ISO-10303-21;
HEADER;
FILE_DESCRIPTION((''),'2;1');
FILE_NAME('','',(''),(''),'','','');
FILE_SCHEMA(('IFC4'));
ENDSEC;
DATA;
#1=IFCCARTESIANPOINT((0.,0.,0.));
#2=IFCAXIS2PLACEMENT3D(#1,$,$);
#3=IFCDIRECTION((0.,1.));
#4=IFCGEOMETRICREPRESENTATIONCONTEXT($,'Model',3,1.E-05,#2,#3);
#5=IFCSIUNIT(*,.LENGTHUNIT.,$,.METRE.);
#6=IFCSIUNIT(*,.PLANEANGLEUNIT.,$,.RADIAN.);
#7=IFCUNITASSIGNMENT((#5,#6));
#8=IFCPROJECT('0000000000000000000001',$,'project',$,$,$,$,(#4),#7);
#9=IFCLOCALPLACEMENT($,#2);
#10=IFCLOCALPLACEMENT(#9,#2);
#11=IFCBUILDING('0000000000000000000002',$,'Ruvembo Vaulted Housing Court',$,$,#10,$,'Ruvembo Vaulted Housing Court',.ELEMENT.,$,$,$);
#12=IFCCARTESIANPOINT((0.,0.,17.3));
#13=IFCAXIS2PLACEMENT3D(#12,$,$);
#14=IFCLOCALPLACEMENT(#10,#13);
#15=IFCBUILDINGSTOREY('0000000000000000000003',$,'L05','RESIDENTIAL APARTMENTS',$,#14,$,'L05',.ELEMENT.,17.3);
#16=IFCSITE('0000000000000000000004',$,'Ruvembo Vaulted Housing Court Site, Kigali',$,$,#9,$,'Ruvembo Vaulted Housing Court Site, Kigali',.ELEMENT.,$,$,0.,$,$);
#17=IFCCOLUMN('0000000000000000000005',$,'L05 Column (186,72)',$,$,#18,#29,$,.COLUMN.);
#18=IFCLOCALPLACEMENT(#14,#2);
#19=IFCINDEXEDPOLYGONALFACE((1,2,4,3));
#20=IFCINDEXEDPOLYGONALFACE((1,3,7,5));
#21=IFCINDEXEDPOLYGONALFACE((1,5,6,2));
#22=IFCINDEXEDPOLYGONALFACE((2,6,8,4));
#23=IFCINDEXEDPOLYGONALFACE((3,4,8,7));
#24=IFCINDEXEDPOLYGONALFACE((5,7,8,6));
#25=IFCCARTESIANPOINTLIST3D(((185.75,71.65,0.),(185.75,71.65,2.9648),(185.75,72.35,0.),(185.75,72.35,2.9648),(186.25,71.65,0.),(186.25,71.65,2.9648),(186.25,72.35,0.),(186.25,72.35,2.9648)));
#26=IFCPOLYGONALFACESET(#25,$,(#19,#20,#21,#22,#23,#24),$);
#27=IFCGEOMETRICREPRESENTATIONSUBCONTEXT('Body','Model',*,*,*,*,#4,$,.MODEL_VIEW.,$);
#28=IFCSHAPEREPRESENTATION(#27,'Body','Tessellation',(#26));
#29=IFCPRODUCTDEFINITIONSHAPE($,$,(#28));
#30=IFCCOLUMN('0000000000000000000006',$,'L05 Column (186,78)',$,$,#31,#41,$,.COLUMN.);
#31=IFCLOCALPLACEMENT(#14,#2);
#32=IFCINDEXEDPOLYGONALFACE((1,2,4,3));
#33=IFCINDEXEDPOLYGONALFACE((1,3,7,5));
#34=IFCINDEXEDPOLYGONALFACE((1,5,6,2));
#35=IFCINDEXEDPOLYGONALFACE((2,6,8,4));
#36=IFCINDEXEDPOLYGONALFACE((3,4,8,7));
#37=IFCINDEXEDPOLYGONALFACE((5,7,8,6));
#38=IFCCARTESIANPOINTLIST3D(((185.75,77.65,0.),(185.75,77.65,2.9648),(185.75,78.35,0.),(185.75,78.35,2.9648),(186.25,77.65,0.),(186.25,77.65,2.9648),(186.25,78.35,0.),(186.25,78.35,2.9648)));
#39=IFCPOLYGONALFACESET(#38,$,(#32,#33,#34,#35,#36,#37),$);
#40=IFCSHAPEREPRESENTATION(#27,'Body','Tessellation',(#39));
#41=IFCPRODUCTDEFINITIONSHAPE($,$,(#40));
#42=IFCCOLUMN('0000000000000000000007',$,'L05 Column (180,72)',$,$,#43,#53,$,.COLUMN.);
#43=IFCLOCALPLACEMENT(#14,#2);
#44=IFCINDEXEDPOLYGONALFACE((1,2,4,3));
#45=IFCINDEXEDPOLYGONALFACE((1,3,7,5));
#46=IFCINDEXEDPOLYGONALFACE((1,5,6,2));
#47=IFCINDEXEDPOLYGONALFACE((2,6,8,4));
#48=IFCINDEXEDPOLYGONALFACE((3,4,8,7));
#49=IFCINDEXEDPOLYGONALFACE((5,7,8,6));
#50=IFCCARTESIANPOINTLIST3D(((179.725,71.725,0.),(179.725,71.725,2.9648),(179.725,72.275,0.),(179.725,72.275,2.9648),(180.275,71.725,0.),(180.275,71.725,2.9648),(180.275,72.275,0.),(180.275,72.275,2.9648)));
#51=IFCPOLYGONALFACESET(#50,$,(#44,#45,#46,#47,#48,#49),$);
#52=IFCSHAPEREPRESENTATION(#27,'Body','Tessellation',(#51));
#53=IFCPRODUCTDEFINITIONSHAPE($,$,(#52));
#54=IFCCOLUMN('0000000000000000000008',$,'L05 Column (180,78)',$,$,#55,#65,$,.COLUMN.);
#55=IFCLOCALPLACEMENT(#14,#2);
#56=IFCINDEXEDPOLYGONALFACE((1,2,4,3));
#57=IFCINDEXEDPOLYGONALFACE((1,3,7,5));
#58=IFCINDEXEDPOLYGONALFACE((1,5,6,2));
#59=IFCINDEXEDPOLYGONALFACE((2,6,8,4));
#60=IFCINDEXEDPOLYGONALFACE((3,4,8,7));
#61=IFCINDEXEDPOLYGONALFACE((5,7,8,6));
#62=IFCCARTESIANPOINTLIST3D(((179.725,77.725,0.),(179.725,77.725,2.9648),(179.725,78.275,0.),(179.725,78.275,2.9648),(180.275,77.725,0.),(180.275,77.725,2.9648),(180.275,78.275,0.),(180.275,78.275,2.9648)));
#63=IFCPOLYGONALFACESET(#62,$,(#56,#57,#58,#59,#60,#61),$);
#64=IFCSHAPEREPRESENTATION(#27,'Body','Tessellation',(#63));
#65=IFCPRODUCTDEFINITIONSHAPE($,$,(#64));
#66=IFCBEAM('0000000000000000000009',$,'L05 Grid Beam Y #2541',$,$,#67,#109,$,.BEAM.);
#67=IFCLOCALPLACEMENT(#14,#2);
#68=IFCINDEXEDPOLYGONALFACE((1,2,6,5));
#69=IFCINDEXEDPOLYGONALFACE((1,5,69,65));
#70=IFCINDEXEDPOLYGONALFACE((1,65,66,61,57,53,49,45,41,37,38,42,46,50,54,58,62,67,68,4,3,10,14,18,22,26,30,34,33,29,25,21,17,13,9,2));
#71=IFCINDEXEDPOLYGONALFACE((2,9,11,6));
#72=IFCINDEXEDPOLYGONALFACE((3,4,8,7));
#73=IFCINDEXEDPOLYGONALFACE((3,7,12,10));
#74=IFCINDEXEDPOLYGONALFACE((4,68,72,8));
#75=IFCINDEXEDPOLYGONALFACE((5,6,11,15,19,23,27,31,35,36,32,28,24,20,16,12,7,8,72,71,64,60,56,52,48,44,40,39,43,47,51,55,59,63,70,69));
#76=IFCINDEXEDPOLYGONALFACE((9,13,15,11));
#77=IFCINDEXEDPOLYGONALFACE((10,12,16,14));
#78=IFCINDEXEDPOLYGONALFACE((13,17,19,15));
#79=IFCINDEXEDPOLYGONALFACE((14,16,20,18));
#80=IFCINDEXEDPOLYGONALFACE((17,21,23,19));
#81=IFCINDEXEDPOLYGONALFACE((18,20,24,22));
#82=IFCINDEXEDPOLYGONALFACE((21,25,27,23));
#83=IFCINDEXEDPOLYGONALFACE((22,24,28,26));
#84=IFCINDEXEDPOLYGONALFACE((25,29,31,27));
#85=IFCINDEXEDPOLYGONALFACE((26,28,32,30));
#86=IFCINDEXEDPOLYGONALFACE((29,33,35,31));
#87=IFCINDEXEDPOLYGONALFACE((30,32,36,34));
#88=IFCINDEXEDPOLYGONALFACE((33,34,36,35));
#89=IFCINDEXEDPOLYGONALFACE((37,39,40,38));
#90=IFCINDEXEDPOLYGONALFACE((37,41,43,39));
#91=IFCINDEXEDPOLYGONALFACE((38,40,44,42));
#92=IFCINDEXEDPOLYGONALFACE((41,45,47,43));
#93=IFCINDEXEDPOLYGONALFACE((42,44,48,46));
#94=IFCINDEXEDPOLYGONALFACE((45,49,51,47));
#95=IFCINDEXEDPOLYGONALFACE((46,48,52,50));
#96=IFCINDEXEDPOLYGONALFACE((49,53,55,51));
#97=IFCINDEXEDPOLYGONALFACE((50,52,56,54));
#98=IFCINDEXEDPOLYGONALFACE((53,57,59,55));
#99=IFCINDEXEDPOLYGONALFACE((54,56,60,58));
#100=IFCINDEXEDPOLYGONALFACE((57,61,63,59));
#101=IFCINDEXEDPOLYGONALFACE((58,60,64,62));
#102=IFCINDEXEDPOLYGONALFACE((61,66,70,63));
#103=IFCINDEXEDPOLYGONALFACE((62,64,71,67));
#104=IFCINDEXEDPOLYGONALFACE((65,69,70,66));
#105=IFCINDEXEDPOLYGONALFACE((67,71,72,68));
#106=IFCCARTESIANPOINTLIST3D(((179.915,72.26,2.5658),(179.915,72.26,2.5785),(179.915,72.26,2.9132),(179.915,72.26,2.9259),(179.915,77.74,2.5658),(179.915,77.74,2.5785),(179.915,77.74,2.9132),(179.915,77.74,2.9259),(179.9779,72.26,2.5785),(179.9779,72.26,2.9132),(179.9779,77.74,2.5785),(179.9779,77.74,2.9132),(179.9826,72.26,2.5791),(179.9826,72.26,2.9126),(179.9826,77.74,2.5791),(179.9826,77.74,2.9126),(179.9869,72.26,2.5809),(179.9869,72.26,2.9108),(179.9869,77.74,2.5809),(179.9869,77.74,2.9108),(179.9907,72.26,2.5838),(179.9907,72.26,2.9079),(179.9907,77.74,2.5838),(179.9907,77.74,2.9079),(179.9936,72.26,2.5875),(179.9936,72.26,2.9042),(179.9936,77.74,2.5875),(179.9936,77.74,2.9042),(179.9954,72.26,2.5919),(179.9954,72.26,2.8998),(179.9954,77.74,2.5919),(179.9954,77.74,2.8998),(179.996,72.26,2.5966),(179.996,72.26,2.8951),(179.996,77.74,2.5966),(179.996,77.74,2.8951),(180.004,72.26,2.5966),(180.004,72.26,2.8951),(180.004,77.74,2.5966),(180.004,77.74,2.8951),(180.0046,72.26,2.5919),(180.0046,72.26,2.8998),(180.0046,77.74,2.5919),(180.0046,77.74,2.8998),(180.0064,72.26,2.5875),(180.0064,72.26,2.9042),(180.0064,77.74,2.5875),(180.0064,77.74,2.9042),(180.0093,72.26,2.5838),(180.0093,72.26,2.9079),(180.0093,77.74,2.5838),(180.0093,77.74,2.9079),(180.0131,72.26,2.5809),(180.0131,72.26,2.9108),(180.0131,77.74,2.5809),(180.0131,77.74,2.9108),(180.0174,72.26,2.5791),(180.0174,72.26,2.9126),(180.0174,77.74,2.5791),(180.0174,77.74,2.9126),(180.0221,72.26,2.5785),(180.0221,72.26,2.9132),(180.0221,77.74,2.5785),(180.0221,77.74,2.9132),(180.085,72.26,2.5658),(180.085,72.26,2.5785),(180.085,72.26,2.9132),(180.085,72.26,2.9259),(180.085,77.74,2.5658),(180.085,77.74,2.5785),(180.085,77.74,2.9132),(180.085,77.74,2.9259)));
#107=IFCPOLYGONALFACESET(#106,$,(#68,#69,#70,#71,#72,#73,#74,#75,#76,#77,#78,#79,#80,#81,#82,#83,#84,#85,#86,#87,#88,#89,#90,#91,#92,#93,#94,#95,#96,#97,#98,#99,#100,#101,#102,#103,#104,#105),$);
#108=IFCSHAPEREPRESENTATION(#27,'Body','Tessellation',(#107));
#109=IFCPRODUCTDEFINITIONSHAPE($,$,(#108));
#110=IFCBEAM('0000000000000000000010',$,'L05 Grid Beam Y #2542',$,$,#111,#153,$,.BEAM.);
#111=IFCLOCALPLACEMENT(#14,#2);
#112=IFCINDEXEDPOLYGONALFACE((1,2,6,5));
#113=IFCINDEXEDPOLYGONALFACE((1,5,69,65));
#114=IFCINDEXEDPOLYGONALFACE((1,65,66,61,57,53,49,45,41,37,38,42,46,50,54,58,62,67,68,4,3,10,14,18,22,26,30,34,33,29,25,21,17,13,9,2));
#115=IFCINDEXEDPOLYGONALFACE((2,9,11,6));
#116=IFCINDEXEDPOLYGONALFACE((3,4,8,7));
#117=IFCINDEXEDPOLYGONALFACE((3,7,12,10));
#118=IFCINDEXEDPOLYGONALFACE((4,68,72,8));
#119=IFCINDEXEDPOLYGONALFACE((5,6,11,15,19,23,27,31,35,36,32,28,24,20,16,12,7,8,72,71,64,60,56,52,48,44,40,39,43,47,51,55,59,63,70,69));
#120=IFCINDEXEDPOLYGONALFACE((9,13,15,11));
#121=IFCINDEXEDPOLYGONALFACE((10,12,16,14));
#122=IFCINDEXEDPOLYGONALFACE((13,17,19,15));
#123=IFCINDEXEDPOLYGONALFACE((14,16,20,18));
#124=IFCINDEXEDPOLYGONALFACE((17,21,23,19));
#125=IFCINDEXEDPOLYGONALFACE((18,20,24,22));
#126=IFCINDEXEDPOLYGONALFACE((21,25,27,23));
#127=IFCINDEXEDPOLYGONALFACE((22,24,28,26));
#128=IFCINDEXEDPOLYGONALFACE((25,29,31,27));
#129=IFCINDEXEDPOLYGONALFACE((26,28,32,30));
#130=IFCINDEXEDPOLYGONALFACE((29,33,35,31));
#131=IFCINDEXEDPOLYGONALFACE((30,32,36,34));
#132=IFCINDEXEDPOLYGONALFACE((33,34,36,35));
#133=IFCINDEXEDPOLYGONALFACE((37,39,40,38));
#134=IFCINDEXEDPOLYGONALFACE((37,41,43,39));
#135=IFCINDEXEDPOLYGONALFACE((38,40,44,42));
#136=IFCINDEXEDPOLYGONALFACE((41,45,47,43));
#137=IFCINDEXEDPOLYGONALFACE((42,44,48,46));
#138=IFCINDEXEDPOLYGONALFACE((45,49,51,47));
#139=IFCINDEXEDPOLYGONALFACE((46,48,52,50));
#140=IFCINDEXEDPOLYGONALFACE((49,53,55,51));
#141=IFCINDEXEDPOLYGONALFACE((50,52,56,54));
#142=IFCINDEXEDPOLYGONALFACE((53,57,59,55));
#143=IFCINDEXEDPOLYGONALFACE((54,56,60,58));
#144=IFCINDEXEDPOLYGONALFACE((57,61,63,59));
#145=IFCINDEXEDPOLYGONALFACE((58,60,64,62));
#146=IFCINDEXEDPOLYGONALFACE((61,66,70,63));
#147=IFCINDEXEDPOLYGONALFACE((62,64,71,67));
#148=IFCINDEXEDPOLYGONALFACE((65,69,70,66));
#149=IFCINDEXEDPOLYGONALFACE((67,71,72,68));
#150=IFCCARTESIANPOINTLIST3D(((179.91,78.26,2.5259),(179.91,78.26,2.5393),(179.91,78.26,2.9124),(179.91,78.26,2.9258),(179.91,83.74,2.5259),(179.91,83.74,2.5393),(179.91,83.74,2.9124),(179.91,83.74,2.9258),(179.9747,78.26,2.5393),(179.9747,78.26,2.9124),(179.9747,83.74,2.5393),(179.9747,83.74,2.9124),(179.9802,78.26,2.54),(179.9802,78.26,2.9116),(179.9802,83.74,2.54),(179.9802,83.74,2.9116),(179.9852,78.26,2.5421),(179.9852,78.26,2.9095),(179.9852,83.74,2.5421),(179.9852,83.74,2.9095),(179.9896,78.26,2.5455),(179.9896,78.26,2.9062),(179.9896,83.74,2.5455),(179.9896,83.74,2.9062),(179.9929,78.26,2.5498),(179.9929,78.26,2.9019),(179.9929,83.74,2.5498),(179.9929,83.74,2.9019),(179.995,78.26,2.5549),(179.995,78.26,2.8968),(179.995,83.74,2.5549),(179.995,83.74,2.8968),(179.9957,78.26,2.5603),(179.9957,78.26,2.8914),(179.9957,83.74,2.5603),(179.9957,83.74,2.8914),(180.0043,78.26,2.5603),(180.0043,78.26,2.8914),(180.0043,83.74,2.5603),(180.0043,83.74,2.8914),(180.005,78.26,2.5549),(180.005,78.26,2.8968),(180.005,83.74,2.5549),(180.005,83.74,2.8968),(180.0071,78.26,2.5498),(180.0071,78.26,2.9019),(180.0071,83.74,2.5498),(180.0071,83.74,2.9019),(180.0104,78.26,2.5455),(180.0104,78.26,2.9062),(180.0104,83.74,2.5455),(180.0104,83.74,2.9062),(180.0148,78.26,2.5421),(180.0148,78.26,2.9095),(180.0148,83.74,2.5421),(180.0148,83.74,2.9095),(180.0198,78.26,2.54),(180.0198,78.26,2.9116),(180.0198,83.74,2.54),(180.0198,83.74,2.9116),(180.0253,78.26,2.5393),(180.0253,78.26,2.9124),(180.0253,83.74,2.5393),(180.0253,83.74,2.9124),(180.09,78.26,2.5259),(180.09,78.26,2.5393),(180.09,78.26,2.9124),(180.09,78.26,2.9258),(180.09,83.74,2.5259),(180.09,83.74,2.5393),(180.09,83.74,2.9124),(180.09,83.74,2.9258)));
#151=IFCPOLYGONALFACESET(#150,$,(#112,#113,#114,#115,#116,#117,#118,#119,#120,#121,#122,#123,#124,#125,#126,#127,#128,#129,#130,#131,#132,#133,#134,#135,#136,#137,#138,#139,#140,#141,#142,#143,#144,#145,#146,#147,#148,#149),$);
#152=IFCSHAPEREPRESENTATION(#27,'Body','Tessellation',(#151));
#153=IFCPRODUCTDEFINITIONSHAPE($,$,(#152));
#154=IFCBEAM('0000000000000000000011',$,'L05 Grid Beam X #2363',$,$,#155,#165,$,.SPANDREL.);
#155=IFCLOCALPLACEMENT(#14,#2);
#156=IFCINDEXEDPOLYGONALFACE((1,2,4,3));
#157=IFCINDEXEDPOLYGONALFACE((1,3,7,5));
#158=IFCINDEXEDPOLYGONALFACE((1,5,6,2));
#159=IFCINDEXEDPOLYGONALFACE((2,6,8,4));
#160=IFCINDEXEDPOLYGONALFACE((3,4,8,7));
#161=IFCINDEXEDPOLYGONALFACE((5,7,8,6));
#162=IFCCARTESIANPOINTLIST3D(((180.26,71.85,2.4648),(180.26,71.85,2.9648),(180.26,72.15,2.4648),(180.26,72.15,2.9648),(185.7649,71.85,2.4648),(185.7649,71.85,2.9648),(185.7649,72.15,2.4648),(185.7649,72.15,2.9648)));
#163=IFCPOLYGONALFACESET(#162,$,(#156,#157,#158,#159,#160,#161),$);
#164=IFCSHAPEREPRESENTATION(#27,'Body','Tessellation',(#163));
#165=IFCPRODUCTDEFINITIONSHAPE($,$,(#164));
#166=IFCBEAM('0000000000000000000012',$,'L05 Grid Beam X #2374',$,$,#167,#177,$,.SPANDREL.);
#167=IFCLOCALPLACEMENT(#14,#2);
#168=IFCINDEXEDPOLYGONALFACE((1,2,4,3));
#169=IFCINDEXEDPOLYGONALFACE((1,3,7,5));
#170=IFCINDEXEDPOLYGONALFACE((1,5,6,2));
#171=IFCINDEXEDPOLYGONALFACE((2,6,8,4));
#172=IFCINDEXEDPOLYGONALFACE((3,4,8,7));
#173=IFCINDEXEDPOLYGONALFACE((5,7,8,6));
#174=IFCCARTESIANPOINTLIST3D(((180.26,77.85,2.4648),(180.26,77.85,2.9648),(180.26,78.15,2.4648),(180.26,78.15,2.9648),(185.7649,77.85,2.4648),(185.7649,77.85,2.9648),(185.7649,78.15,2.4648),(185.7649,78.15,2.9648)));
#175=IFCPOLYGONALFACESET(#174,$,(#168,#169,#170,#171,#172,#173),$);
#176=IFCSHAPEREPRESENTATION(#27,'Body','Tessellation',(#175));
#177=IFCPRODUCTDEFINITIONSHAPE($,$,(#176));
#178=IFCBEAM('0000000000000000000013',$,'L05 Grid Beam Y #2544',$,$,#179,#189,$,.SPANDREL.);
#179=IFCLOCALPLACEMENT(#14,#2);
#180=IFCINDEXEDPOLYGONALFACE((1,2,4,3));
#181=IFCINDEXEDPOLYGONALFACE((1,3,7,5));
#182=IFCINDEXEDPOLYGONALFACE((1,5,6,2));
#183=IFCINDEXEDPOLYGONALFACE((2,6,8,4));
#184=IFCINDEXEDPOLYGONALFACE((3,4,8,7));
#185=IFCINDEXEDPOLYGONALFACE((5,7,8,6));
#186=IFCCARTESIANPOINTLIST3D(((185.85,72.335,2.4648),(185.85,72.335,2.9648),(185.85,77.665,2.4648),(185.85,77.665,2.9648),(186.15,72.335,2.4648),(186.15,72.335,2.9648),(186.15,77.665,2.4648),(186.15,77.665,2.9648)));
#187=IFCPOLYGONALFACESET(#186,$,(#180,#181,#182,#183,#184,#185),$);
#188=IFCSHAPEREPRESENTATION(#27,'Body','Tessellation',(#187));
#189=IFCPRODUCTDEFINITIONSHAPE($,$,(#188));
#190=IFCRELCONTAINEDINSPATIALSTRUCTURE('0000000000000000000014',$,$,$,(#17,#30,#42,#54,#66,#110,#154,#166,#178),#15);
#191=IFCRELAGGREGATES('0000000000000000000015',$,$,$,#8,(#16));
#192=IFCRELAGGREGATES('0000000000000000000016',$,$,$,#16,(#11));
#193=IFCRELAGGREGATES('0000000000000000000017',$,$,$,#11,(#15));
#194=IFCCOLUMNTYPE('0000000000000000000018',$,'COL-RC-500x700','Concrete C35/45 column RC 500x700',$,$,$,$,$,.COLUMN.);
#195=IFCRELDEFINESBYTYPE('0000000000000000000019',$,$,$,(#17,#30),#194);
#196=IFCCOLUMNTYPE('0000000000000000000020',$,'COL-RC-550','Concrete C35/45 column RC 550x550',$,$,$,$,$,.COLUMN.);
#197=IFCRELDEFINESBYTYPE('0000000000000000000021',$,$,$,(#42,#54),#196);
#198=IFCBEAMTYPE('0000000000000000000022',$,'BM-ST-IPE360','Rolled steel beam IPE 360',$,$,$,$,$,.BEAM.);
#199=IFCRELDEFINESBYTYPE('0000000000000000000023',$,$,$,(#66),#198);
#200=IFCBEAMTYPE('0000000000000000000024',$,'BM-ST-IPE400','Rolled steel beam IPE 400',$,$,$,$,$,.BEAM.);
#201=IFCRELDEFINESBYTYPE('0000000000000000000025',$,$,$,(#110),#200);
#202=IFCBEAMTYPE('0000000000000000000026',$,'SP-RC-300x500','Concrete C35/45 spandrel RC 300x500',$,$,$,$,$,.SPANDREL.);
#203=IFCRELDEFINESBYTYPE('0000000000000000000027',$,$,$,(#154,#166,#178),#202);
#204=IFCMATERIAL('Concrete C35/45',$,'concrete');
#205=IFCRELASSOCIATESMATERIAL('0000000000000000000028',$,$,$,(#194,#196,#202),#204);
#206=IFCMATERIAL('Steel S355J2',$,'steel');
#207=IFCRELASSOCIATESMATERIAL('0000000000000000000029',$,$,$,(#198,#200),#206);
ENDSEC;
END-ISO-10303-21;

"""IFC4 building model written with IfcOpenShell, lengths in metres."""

from ifc_helpers import new_model, si_unit, direction, frame, origin, origin_2d, place, context, subcontext, project, spatial, rectangle, i_section, extrude, material, material_profile, profile_set, type_object, element, save


model = new_model("IFC4")

# Units and contexts
model_context = context("Model", 3, precision=1e-05, world=origin(), true_north=direction((0.0, 1.0)))
body_context = subcontext(model_context, "Body", "Model", "MODEL_VIEW")
ifc_project = project(units=[si_unit("LENGTHUNIT", "METRE"), si_unit("PLANEANGLEUNIT", "RADIAN")], contexts=[model_context])

# Site, building, storey
site_placement = place(None, origin())
site = spatial("IfcSite", under=ifc_project, at=site_placement, Name="Ruvembo Vaulted Housing Court Site, Kigali", LongName="Ruvembo Vaulted Housing Court Site, Kigali", CompositionType="ELEMENT", RefElevation=0.0)
building_placement = place(site_placement, origin())
building = spatial("IfcBuilding", under=site, at=building_placement, Name="Ruvembo Vaulted Housing Court", LongName="Ruvembo Vaulted Housing Court", CompositionType="ELEMENT")
storey_placement = place(building_placement, frame((0.0, 0.0, 17.3)))
storey = spatial("IfcBuildingStorey", under=building, at=storey_placement, Name="L05", Description="RESIDENTIAL APARTMENTS", LongName="L05", CompositionType="ELEMENT", Elevation=17.3)

# Columns
ifc_material_1 = material(Name="Concrete C35/45", Category="concrete")
ifc_material_profile_1 = material_profile(ifc_material_1, rectangle(XDim=0.5, YDim=0.7, at=origin_2d()), Name="RC 500x700")
ifc_profile_set_1 = profile_set([ifc_material_profile_1], Name="Concrete C35/45")
column_type_1 = type_object("IfcColumnType", Name="COL-RC-500x700", Description="Concrete C35/45 column RC 500x700", PredefinedType="COLUMN", material=ifc_profile_set_1)
for number, where, z_axis, x_axis, name in (
    (1, (186.0, 72.0, 0.0), (0.0, 0.0, 1.0), (1.0, 0.0, 0.0), "L05 Column (186,72)"),
    (2, (186.0, 78.0, 0.0), (0.0, 0.0, 1.0), (1.0, 0.0, 0.0), "L05 Column (186,78)"),
):
    element("IfcColumn", number, at=place(storey_placement, frame(where, z_axis=z_axis, x_axis=x_axis)), inside=storey, type_object=column_type_1, Name=name, PredefinedType="COLUMN", context=body_context, shape_type="SweptSolid", body=[
        extrude(rectangle(XDim=0.5, YDim=0.7, at=origin_2d()), origin(), (0.0, 0.0, 1.0), 2.9648),
    ])
ifc_material_profile_2 = material_profile(ifc_material_1, rectangle(XDim=0.55, YDim=0.55, at=origin_2d()), Name="RC 550x550")
ifc_profile_set_2 = profile_set([ifc_material_profile_2], Name="Concrete C35/45")
column_type_2 = type_object("IfcColumnType", Name="COL-RC-550", Description="Concrete C35/45 column RC 550x550", PredefinedType="COLUMN", material=ifc_profile_set_2)
for number, where, z_axis, x_axis, name in (
    (3, (180.0, 72.0, 0.0), (0.0, 0.0, 1.0), (1.0, 0.0, 0.0), "L05 Column (180,72)"),
    (4, (180.0, 78.0, 0.0), (0.0, 0.0, 1.0), (1.0, 0.0, 0.0), "L05 Column (180,78)"),
):
    element("IfcColumn", number, at=place(storey_placement, frame(where, z_axis=z_axis, x_axis=x_axis)), inside=storey, type_object=column_type_2, Name=name, PredefinedType="COLUMN", context=body_context, shape_type="SweptSolid", body=[
        extrude(rectangle(XDim=0.55, YDim=0.55, at=origin_2d()), origin(), (0.0, 0.0, 1.0), 2.9648),
    ])

# Beams
ifc_material_2 = material(Name="Steel S355J2", Category="steel")
ifc_material_profile_3 = material_profile(ifc_material_2, i_section(OverallWidth=0.1699, OverallDepth=0.3601, WebThickness=0.0081, FlangeThickness=0.0127, FilletRadius=0.0181, at=origin_2d()), Name="IPE 360")
ifc_profile_set_3 = profile_set([ifc_material_profile_3], Name="Steel S355J2")
beam_type_1 = type_object("IfcBeamType", Name="BM-ST-IPE360", Description="Rolled steel beam IPE 360", PredefinedType="BEAM", material=ifc_profile_set_3)
beam_1_placement = place(storey_placement, frame((180.0, 72.26, 2.7458), z_axis=(0.0, 1.0, 0.0), x_axis=(-1.0, 0.0, 0.0)))
element("IfcBeam", 5, at=beam_1_placement, inside=storey, type_object=beam_type_1, Name="L05 Grid Beam Y #2541", PredefinedType="BEAM", context=body_context, shape_type="SweptSolid", body=[
    extrude(i_section(OverallWidth=0.1699, OverallDepth=0.3601, WebThickness=0.0081, FlangeThickness=0.0127, FilletRadius=0.0181, at=origin_2d()), origin(), (0.0, 0.0, 1.0), 5.48),
])
ifc_material_profile_4 = material_profile(ifc_material_2, i_section(OverallWidth=0.1799, OverallDepth=0.3999, WebThickness=0.0085, FlangeThickness=0.0134, FilletRadius=0.021, at=origin_2d()), Name="IPE 400")
ifc_profile_set_4 = profile_set([ifc_material_profile_4], Name="Steel S355J2")
beam_type_2 = type_object("IfcBeamType", Name="BM-ST-IPE400", Description="Rolled steel beam IPE 400", PredefinedType="BEAM", material=ifc_profile_set_4)
beam_2_placement = place(storey_placement, frame((180.0, 78.26, 2.7258), z_axis=(0.0, 1.0, 0.0), x_axis=(-1.0, 0.0, 0.0)))
element("IfcBeam", 6, at=beam_2_placement, inside=storey, type_object=beam_type_2, Name="L05 Grid Beam Y #2542", PredefinedType="BEAM", context=body_context, shape_type="SweptSolid", body=[
    extrude(i_section(OverallWidth=0.1799, OverallDepth=0.3999, WebThickness=0.0085, FlangeThickness=0.0134, FilletRadius=0.021, at=origin_2d()), origin(), (0.0, 0.0, 1.0), 5.48),
])
ifc_material_profile_5 = material_profile(ifc_material_1, rectangle(XDim=0.3, YDim=0.5, at=origin_2d()), Name="RC 300x500")
ifc_profile_set_5 = profile_set([ifc_material_profile_5], Name="Concrete C35/45")
beam_type_3 = type_object("IfcBeamType", Name="SP-RC-300x500", Description="Concrete C35/45 spandrel RC 300x500", PredefinedType="SPANDREL", material=ifc_profile_set_5)
for number, where, z_axis, x_axis, name in (
    (7, (180.26, 72.0, 2.7148), (1.0, 0.0, 0.0), (0.0, 1.0, 0.0), "L05 Grid Beam X #2363"),
    (8, (180.26, 78.0, 2.7148), (1.0, 0.0, 0.0), (0.0, 1.0, 0.0), "L05 Grid Beam X #2374"),
):
    element("IfcBeam", number, at=place(storey_placement, frame(where, z_axis=z_axis, x_axis=x_axis)), inside=storey, type_object=beam_type_3, Name=name, PredefinedType="SPANDREL", context=body_context, shape_type="SweptSolid", body=[
        extrude(rectangle(XDim=0.3, YDim=0.5, at=origin_2d()), origin(), (0.0, 0.0, 1.0), 5.5049),
    ])
for number, where, z_axis, x_axis, name in (
    (9, (186.0, 72.335, 2.7148), (0.0, 1.0, 0.0), (-1.0, 0.0, 0.0), "L05 Grid Beam Y #2544"),
):
    element("IfcBeam", number, at=place(storey_placement, frame(where, z_axis=z_axis, x_axis=x_axis)), inside=storey, type_object=beam_type_3, Name=name, PredefinedType="SPANDREL", context=body_context, shape_type="SweptSolid", body=[
        extrude(rectangle(XDim=0.3, YDim=0.5, at=origin_2d()), origin(), (0.0, 0.0, 1.0), 5.3301),
    ])

save(model, "model.ifc")
